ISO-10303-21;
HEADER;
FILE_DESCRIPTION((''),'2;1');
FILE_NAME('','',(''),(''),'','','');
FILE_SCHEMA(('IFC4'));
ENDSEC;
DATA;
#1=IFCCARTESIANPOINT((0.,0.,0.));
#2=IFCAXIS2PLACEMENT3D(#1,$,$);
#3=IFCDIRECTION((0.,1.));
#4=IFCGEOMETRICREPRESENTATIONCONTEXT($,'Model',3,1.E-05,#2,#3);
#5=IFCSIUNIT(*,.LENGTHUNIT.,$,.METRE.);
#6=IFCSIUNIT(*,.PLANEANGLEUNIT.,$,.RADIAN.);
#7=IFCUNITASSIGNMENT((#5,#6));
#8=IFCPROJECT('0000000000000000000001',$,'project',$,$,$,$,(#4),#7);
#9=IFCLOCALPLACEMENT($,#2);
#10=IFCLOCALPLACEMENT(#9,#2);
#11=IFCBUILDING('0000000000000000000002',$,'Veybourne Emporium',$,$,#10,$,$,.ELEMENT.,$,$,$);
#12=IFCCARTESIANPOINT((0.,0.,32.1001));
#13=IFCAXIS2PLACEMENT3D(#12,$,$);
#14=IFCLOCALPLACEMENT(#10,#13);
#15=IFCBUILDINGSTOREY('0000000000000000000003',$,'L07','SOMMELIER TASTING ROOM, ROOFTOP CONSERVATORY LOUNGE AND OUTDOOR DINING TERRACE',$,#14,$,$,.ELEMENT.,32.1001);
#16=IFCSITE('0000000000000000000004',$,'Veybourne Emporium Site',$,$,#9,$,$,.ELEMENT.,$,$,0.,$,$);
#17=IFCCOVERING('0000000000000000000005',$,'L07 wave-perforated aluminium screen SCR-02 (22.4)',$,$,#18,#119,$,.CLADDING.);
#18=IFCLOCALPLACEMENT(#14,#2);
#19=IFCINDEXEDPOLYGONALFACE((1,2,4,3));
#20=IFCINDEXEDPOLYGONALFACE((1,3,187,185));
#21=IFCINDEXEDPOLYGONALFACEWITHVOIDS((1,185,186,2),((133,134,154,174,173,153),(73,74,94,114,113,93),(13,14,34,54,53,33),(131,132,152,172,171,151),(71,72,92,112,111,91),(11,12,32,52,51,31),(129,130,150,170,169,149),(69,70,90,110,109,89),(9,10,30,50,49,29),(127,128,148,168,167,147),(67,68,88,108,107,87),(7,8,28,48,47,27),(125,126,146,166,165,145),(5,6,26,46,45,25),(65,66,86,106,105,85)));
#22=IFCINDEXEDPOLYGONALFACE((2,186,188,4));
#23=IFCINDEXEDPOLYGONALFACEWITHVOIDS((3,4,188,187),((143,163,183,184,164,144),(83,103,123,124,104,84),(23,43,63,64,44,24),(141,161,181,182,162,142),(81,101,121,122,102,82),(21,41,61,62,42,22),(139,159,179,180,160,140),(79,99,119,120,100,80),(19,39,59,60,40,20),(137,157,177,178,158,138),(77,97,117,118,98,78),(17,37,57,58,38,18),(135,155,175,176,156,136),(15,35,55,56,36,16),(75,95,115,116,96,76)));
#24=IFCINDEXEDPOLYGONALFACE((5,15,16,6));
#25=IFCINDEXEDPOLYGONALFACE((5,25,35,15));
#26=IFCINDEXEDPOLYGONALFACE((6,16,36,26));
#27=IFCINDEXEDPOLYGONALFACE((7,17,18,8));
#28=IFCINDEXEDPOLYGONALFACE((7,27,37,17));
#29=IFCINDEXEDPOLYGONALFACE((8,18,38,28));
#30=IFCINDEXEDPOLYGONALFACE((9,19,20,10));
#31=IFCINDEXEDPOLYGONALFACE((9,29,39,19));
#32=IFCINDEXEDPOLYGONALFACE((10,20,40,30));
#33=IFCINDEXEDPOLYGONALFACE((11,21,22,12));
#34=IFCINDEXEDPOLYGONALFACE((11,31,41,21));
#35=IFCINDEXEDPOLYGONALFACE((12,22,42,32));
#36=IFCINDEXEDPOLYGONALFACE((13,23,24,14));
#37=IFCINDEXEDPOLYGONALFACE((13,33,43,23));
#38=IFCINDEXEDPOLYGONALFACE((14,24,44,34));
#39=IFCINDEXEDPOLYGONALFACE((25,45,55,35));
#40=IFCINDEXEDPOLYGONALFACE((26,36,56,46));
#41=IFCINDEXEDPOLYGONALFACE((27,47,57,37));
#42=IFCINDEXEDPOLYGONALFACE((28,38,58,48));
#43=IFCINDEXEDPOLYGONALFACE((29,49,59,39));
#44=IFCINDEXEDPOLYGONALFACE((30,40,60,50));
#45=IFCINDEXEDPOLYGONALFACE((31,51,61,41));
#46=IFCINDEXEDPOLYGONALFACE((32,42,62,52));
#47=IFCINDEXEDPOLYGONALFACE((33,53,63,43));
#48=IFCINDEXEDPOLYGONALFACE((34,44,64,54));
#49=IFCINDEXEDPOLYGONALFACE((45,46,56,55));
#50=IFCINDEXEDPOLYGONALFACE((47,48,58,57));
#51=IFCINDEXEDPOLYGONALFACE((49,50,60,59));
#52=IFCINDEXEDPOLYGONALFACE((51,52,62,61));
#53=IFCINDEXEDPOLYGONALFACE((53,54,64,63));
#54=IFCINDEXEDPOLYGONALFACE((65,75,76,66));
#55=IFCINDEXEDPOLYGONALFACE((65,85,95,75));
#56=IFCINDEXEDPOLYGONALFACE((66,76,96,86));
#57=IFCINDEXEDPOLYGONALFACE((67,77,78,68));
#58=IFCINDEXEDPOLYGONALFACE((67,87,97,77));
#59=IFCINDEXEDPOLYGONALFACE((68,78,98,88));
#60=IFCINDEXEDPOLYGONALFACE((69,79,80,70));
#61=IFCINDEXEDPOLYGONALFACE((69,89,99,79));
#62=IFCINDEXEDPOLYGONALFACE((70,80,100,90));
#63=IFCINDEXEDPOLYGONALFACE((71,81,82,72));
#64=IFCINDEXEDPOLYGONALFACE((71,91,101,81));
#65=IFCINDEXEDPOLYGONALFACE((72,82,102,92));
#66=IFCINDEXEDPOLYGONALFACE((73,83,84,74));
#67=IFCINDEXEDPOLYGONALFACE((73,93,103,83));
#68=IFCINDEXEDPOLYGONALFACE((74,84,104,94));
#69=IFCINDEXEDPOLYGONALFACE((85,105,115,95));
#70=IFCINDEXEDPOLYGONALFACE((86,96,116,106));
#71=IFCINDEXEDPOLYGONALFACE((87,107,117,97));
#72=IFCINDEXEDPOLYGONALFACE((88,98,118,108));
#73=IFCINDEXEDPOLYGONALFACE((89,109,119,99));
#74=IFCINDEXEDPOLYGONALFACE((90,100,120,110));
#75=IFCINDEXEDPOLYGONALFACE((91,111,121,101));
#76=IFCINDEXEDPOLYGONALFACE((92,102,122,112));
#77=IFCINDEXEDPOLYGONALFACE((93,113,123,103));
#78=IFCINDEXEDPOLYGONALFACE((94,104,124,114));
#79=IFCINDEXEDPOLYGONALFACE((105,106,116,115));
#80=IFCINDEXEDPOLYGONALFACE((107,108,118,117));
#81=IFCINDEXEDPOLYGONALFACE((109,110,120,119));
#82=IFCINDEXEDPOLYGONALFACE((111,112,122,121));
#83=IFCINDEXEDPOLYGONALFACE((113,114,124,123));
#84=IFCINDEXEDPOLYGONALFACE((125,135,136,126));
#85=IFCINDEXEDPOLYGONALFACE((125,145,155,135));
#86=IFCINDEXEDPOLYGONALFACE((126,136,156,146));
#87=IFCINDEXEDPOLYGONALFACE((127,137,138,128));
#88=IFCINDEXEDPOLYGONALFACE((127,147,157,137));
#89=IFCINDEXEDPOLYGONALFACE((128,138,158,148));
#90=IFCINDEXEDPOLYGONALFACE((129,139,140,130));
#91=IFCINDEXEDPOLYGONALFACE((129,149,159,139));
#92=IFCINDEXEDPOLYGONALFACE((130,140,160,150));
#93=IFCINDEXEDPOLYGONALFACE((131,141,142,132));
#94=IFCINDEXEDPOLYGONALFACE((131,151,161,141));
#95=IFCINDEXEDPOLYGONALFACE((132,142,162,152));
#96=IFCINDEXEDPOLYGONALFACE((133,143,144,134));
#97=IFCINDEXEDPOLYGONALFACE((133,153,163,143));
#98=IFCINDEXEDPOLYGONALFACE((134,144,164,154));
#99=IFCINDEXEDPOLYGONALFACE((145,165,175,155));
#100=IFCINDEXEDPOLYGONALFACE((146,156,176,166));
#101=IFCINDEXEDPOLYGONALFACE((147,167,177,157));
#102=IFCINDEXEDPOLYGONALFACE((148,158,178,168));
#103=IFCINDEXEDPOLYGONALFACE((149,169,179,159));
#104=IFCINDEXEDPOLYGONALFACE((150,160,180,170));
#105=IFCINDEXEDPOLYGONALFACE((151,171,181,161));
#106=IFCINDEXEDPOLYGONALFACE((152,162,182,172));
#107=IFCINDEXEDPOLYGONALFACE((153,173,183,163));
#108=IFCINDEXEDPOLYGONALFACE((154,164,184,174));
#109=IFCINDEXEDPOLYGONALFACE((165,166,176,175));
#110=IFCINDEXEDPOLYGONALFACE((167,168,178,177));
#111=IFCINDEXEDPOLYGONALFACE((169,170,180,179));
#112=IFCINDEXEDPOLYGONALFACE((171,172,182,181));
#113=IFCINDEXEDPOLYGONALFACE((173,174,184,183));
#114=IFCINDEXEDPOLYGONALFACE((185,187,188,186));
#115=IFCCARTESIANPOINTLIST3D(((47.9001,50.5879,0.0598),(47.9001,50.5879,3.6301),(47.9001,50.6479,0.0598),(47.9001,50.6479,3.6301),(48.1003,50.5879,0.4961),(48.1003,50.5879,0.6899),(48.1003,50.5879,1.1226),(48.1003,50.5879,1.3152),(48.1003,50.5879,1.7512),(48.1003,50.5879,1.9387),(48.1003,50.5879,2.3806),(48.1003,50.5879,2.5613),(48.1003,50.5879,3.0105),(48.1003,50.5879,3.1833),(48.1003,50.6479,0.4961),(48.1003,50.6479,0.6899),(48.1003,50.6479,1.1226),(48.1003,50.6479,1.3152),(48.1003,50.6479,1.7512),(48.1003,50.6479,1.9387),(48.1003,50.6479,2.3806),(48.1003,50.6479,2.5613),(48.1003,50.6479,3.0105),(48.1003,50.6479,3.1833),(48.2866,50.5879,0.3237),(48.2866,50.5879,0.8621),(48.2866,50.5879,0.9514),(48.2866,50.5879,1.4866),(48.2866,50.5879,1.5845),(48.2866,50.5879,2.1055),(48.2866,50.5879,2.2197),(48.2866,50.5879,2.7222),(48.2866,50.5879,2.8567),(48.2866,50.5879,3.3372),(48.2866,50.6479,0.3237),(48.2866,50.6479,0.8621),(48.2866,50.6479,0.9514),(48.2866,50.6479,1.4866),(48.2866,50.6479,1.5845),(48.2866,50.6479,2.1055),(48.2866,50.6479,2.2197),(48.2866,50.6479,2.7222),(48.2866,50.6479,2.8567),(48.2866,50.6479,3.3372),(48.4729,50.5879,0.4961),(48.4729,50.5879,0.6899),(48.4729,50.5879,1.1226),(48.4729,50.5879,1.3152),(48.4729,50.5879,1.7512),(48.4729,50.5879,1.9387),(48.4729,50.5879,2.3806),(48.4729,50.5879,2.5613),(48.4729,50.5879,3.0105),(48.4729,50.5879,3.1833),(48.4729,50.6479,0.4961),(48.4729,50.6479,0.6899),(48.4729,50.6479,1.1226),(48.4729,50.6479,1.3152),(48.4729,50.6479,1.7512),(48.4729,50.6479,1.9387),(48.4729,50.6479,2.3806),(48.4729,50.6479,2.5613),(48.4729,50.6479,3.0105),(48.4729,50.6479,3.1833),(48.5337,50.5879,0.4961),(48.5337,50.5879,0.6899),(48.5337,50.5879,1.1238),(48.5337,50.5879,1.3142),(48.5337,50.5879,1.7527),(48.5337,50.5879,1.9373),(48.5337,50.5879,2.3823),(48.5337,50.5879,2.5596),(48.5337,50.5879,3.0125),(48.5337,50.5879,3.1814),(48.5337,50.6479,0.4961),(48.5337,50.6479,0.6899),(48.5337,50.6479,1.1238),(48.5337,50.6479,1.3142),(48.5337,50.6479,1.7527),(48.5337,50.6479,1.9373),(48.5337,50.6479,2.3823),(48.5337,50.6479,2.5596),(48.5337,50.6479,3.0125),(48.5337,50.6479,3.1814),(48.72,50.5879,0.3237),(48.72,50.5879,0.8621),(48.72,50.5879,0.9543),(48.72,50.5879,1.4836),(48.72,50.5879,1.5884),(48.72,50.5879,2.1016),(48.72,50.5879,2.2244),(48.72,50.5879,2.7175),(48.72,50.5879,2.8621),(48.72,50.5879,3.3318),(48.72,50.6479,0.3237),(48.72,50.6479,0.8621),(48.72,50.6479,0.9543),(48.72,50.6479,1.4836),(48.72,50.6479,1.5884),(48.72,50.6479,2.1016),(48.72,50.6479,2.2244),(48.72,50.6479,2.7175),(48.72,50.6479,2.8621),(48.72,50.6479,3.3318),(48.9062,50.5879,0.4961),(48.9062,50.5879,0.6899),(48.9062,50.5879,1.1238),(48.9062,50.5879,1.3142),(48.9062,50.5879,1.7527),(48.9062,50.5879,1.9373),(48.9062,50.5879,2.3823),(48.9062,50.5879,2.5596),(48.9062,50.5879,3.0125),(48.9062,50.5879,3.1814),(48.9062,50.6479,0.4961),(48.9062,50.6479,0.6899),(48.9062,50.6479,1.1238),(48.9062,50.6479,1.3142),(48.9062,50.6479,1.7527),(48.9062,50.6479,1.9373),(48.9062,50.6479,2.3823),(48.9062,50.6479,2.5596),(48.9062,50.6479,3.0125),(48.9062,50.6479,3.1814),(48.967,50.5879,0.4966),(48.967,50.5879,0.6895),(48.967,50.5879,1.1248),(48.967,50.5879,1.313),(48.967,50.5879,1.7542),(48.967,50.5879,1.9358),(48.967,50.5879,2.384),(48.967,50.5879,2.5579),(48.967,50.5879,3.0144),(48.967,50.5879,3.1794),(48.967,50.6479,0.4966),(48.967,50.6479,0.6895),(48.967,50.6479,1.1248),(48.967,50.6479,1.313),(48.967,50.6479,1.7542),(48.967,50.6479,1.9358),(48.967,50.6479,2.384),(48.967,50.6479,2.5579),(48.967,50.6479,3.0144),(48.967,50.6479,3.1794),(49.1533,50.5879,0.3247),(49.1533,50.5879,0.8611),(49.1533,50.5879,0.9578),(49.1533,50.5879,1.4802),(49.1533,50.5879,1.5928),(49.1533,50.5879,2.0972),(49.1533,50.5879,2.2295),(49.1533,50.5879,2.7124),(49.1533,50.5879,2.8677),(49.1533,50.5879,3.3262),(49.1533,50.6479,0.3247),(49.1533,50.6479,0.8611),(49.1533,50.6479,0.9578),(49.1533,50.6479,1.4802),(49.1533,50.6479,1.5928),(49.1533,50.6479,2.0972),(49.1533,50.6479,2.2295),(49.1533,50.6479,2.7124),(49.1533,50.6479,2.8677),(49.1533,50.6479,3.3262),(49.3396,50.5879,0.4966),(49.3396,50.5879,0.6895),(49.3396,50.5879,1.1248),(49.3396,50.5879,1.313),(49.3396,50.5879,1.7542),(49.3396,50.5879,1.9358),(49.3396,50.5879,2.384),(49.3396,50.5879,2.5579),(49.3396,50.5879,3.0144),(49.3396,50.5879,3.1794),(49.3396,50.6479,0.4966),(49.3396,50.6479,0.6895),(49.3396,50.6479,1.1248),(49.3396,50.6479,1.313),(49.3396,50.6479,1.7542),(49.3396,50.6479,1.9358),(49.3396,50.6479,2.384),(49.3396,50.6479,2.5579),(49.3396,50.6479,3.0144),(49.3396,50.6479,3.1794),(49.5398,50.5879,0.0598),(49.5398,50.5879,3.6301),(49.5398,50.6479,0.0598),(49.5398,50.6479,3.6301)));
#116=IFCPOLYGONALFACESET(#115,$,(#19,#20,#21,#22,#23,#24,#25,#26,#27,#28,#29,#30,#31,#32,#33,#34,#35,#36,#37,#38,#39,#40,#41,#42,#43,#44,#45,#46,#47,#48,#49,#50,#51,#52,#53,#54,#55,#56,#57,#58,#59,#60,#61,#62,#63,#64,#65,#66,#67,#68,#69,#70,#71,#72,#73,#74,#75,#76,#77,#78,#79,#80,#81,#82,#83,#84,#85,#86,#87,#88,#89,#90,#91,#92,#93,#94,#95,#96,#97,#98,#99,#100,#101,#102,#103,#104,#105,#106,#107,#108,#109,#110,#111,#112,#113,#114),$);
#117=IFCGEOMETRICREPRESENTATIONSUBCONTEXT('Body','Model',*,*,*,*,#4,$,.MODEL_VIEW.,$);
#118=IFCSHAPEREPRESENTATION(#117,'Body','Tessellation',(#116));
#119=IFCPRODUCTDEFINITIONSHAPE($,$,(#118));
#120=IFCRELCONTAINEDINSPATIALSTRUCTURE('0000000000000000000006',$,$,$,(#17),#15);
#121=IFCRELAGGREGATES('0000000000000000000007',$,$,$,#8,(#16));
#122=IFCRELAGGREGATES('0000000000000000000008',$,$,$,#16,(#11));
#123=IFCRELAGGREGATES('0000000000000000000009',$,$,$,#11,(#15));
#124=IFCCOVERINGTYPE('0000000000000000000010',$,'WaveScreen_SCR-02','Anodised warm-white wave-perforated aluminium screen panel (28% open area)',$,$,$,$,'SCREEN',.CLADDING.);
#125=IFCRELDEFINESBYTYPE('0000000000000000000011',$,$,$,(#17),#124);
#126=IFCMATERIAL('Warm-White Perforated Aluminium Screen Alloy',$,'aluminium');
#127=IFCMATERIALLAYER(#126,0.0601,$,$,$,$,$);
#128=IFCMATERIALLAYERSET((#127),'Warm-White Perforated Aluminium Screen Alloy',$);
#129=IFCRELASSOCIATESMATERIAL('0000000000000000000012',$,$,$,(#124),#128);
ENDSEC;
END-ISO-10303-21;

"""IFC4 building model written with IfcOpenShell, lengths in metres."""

from ifc_helpers import new_model, si_unit, direction, frame, origin, place, context, subcontext, project, spatial, polyline, outline, extrude, material, layer, layer_set, type_object, element, save


model = new_model("IFC4")

# Units and contexts
model_context = context("Model", 3, precision=1e-05, world=origin(), true_north=direction((0.0, 1.0)))
body_context = subcontext(model_context, "Body", "Model", "MODEL_VIEW")
ifc_project = project(units=[si_unit("LENGTHUNIT", "METRE"), si_unit("PLANEANGLEUNIT", "RADIAN")], contexts=[model_context])

# Site, building, storey
site_placement = place(None, origin())
site = spatial("IfcSite", under=ifc_project, at=site_placement, Name="Veybourne Emporium Site", CompositionType="ELEMENT", RefElevation=0.0)
building_placement = place(site_placement, origin())
building = spatial("IfcBuilding", under=site, at=building_placement, Name="Veybourne Emporium", CompositionType="ELEMENT")
storey_placement = place(building_placement, frame((0.0, 0.0, 32.1001)))
storey = spatial("IfcBuildingStorey", under=building, at=storey_placement, Name="L07", Description="SOMMELIER TASTING ROOM, ROOFTOP CONSERVATORY LOUNGE AND OUTDOOR DINING TERRACE", CompositionType="ELEMENT", Elevation=32.1001)

# Covering
ifc_material_1 = material(Name="Warm-White Perforated Aluminium Screen Alloy", Category="aluminium")
ifc_layer_1 = layer(ifc_material_1, 0.0601)
ifc_layer_set_1 = layer_set([ifc_layer_1], Name="Warm-White Perforated Aluminium Screen Alloy")
covering_type_1 = type_object("IfcCoveringType", Name="WaveScreen_SCR-02", Description="Anodised warm-white wave-perforated aluminium screen panel (28% open area)", ElementType="SCREEN", PredefinedType="CLADDING", material=ifc_layer_set_1)
covering_1_placement = place(storey_placement, frame((48.72, 50.6479, 1.845), z_axis=(0.0, -1.0, 0.0), x_axis=(1.0, 0.0, 0.0)))
element("IfcCovering", 1, at=covering_1_placement, inside=storey, type_object=covering_type_1, Name="L07 wave-perforated aluminium screen SCR-02 (22.4)", PredefinedType="CLADDING", context=body_context, shape_type="SweptSolid", body=[
    extrude(outline(polyline([(-0.8198, -1.7852), (0.8198, -1.7852), (0.8198, 1.7852), (-0.8198, 1.7852), (-0.8198, -1.7852)]), holes=[polyline([(-0.4333, -0.9829), (-0.2471, -1.155), (-0.2471, -1.3489), (-0.4333, -1.5212), (-0.6196, -1.3489), (-0.6196, -1.155), (-0.4333, -0.9829)]), polyline([(-0.4333, -0.3584), (-0.2471, -0.5298), (-0.2471, -0.7224), (-0.4333, -0.8936), (-0.6196, -0.7224), (-0.6196, -0.5298), (-0.4333, -0.3584)]), polyline([(-0.4333, 0.2605), (-0.2471, 0.0938), (-0.2471, -0.0938), (-0.4333, -0.2605), (-0.6196, -0.0938), (-0.6196, 0.0938), (-0.4333, 0.2605)]), polyline([(-0.4333, 0.8772), (-0.2471, 0.7163), (-0.2471, 0.5356), (-0.4333, 0.3748), (-0.6196, 0.5356), (-0.6196, 0.7163), (-0.4333, 0.8772)]), polyline([(-0.4333, 1.4922), (-0.2471, 1.3384), (-0.2471, 1.1655), (-0.4333, 1.0117), (-0.6196, 1.1655), (-0.6196, 1.3384), (-0.4333, 1.4922)]), polyline([(0.0, -0.9829), (0.1863, -1.155), (0.1863, -1.3489), (0.0, -1.5212), (-0.1863, -1.3489), (-0.1863, -1.155), (0.0, -0.9829)]), polyline([(0.0, -0.3613), (0.1863, -0.5308), (0.1863, -0.7212), (0.0, -0.8906), (-0.1863, -0.7212), (-0.1863, -0.5308), (0.0, -0.3613)]), polyline([(0.0, 0.2566), (0.1863, 0.0923), (0.1863, -0.0923), (0.0, -0.2566), (-0.1863, -0.0923), (-0.1863, 0.0923), (0.0, 0.2566)]), polyline([(0.0, 0.8726), (0.1863, 0.7146), (0.1863, 0.5374), (0.0, 0.3794), (-0.1863, 0.5374), (-0.1863, 0.7146), (0.0, 0.8726)]), polyline([(0.0, 1.4868), (0.1863, 1.3364), (0.1863, 1.1675), (0.0, 1.0171), (-0.1863, 1.1675), (-0.1863, 1.3364), (0.0, 1.4868)]), polyline([(0.4333, -0.9839), (0.6196, -1.1555), (0.6196, -1.3484), (0.4333, -1.5203), (0.2471, -1.3484), (0.2471, -1.1555), (0.4333, -0.9839)]), polyline([(0.4333, -0.3647), (0.6196, -0.532), (0.6196, -0.7202), (0.4333, -0.8872), (0.2471, -0.7202), (0.2471, -0.532), (0.4333, -0.3647)]), polyline([(0.4333, 0.2522), (0.6196, 0.0908), (0.6196, -0.0908), (0.4333, -0.2522), (0.2471, -0.0908), (0.2471, 0.0908), (0.4333, 0.2522)]), polyline([(0.4333, 0.8674), (0.6196, 0.7129), (0.6196, 0.5391), (0.4333, 0.3845), (0.2471, 0.5391), (0.2471, 0.7129), (0.4333, 0.8674)]), polyline([(0.4333, 1.4812), (0.6196, 1.3345), (0.6196, 1.1694), (0.4333, 1.0227), (0.2471, 1.1694), (0.2471, 1.3345), (0.4333, 1.4812)])]), origin(), (0.0, 0.0, 1.0), 0.0601),
])

save(model, "model.ifc")
